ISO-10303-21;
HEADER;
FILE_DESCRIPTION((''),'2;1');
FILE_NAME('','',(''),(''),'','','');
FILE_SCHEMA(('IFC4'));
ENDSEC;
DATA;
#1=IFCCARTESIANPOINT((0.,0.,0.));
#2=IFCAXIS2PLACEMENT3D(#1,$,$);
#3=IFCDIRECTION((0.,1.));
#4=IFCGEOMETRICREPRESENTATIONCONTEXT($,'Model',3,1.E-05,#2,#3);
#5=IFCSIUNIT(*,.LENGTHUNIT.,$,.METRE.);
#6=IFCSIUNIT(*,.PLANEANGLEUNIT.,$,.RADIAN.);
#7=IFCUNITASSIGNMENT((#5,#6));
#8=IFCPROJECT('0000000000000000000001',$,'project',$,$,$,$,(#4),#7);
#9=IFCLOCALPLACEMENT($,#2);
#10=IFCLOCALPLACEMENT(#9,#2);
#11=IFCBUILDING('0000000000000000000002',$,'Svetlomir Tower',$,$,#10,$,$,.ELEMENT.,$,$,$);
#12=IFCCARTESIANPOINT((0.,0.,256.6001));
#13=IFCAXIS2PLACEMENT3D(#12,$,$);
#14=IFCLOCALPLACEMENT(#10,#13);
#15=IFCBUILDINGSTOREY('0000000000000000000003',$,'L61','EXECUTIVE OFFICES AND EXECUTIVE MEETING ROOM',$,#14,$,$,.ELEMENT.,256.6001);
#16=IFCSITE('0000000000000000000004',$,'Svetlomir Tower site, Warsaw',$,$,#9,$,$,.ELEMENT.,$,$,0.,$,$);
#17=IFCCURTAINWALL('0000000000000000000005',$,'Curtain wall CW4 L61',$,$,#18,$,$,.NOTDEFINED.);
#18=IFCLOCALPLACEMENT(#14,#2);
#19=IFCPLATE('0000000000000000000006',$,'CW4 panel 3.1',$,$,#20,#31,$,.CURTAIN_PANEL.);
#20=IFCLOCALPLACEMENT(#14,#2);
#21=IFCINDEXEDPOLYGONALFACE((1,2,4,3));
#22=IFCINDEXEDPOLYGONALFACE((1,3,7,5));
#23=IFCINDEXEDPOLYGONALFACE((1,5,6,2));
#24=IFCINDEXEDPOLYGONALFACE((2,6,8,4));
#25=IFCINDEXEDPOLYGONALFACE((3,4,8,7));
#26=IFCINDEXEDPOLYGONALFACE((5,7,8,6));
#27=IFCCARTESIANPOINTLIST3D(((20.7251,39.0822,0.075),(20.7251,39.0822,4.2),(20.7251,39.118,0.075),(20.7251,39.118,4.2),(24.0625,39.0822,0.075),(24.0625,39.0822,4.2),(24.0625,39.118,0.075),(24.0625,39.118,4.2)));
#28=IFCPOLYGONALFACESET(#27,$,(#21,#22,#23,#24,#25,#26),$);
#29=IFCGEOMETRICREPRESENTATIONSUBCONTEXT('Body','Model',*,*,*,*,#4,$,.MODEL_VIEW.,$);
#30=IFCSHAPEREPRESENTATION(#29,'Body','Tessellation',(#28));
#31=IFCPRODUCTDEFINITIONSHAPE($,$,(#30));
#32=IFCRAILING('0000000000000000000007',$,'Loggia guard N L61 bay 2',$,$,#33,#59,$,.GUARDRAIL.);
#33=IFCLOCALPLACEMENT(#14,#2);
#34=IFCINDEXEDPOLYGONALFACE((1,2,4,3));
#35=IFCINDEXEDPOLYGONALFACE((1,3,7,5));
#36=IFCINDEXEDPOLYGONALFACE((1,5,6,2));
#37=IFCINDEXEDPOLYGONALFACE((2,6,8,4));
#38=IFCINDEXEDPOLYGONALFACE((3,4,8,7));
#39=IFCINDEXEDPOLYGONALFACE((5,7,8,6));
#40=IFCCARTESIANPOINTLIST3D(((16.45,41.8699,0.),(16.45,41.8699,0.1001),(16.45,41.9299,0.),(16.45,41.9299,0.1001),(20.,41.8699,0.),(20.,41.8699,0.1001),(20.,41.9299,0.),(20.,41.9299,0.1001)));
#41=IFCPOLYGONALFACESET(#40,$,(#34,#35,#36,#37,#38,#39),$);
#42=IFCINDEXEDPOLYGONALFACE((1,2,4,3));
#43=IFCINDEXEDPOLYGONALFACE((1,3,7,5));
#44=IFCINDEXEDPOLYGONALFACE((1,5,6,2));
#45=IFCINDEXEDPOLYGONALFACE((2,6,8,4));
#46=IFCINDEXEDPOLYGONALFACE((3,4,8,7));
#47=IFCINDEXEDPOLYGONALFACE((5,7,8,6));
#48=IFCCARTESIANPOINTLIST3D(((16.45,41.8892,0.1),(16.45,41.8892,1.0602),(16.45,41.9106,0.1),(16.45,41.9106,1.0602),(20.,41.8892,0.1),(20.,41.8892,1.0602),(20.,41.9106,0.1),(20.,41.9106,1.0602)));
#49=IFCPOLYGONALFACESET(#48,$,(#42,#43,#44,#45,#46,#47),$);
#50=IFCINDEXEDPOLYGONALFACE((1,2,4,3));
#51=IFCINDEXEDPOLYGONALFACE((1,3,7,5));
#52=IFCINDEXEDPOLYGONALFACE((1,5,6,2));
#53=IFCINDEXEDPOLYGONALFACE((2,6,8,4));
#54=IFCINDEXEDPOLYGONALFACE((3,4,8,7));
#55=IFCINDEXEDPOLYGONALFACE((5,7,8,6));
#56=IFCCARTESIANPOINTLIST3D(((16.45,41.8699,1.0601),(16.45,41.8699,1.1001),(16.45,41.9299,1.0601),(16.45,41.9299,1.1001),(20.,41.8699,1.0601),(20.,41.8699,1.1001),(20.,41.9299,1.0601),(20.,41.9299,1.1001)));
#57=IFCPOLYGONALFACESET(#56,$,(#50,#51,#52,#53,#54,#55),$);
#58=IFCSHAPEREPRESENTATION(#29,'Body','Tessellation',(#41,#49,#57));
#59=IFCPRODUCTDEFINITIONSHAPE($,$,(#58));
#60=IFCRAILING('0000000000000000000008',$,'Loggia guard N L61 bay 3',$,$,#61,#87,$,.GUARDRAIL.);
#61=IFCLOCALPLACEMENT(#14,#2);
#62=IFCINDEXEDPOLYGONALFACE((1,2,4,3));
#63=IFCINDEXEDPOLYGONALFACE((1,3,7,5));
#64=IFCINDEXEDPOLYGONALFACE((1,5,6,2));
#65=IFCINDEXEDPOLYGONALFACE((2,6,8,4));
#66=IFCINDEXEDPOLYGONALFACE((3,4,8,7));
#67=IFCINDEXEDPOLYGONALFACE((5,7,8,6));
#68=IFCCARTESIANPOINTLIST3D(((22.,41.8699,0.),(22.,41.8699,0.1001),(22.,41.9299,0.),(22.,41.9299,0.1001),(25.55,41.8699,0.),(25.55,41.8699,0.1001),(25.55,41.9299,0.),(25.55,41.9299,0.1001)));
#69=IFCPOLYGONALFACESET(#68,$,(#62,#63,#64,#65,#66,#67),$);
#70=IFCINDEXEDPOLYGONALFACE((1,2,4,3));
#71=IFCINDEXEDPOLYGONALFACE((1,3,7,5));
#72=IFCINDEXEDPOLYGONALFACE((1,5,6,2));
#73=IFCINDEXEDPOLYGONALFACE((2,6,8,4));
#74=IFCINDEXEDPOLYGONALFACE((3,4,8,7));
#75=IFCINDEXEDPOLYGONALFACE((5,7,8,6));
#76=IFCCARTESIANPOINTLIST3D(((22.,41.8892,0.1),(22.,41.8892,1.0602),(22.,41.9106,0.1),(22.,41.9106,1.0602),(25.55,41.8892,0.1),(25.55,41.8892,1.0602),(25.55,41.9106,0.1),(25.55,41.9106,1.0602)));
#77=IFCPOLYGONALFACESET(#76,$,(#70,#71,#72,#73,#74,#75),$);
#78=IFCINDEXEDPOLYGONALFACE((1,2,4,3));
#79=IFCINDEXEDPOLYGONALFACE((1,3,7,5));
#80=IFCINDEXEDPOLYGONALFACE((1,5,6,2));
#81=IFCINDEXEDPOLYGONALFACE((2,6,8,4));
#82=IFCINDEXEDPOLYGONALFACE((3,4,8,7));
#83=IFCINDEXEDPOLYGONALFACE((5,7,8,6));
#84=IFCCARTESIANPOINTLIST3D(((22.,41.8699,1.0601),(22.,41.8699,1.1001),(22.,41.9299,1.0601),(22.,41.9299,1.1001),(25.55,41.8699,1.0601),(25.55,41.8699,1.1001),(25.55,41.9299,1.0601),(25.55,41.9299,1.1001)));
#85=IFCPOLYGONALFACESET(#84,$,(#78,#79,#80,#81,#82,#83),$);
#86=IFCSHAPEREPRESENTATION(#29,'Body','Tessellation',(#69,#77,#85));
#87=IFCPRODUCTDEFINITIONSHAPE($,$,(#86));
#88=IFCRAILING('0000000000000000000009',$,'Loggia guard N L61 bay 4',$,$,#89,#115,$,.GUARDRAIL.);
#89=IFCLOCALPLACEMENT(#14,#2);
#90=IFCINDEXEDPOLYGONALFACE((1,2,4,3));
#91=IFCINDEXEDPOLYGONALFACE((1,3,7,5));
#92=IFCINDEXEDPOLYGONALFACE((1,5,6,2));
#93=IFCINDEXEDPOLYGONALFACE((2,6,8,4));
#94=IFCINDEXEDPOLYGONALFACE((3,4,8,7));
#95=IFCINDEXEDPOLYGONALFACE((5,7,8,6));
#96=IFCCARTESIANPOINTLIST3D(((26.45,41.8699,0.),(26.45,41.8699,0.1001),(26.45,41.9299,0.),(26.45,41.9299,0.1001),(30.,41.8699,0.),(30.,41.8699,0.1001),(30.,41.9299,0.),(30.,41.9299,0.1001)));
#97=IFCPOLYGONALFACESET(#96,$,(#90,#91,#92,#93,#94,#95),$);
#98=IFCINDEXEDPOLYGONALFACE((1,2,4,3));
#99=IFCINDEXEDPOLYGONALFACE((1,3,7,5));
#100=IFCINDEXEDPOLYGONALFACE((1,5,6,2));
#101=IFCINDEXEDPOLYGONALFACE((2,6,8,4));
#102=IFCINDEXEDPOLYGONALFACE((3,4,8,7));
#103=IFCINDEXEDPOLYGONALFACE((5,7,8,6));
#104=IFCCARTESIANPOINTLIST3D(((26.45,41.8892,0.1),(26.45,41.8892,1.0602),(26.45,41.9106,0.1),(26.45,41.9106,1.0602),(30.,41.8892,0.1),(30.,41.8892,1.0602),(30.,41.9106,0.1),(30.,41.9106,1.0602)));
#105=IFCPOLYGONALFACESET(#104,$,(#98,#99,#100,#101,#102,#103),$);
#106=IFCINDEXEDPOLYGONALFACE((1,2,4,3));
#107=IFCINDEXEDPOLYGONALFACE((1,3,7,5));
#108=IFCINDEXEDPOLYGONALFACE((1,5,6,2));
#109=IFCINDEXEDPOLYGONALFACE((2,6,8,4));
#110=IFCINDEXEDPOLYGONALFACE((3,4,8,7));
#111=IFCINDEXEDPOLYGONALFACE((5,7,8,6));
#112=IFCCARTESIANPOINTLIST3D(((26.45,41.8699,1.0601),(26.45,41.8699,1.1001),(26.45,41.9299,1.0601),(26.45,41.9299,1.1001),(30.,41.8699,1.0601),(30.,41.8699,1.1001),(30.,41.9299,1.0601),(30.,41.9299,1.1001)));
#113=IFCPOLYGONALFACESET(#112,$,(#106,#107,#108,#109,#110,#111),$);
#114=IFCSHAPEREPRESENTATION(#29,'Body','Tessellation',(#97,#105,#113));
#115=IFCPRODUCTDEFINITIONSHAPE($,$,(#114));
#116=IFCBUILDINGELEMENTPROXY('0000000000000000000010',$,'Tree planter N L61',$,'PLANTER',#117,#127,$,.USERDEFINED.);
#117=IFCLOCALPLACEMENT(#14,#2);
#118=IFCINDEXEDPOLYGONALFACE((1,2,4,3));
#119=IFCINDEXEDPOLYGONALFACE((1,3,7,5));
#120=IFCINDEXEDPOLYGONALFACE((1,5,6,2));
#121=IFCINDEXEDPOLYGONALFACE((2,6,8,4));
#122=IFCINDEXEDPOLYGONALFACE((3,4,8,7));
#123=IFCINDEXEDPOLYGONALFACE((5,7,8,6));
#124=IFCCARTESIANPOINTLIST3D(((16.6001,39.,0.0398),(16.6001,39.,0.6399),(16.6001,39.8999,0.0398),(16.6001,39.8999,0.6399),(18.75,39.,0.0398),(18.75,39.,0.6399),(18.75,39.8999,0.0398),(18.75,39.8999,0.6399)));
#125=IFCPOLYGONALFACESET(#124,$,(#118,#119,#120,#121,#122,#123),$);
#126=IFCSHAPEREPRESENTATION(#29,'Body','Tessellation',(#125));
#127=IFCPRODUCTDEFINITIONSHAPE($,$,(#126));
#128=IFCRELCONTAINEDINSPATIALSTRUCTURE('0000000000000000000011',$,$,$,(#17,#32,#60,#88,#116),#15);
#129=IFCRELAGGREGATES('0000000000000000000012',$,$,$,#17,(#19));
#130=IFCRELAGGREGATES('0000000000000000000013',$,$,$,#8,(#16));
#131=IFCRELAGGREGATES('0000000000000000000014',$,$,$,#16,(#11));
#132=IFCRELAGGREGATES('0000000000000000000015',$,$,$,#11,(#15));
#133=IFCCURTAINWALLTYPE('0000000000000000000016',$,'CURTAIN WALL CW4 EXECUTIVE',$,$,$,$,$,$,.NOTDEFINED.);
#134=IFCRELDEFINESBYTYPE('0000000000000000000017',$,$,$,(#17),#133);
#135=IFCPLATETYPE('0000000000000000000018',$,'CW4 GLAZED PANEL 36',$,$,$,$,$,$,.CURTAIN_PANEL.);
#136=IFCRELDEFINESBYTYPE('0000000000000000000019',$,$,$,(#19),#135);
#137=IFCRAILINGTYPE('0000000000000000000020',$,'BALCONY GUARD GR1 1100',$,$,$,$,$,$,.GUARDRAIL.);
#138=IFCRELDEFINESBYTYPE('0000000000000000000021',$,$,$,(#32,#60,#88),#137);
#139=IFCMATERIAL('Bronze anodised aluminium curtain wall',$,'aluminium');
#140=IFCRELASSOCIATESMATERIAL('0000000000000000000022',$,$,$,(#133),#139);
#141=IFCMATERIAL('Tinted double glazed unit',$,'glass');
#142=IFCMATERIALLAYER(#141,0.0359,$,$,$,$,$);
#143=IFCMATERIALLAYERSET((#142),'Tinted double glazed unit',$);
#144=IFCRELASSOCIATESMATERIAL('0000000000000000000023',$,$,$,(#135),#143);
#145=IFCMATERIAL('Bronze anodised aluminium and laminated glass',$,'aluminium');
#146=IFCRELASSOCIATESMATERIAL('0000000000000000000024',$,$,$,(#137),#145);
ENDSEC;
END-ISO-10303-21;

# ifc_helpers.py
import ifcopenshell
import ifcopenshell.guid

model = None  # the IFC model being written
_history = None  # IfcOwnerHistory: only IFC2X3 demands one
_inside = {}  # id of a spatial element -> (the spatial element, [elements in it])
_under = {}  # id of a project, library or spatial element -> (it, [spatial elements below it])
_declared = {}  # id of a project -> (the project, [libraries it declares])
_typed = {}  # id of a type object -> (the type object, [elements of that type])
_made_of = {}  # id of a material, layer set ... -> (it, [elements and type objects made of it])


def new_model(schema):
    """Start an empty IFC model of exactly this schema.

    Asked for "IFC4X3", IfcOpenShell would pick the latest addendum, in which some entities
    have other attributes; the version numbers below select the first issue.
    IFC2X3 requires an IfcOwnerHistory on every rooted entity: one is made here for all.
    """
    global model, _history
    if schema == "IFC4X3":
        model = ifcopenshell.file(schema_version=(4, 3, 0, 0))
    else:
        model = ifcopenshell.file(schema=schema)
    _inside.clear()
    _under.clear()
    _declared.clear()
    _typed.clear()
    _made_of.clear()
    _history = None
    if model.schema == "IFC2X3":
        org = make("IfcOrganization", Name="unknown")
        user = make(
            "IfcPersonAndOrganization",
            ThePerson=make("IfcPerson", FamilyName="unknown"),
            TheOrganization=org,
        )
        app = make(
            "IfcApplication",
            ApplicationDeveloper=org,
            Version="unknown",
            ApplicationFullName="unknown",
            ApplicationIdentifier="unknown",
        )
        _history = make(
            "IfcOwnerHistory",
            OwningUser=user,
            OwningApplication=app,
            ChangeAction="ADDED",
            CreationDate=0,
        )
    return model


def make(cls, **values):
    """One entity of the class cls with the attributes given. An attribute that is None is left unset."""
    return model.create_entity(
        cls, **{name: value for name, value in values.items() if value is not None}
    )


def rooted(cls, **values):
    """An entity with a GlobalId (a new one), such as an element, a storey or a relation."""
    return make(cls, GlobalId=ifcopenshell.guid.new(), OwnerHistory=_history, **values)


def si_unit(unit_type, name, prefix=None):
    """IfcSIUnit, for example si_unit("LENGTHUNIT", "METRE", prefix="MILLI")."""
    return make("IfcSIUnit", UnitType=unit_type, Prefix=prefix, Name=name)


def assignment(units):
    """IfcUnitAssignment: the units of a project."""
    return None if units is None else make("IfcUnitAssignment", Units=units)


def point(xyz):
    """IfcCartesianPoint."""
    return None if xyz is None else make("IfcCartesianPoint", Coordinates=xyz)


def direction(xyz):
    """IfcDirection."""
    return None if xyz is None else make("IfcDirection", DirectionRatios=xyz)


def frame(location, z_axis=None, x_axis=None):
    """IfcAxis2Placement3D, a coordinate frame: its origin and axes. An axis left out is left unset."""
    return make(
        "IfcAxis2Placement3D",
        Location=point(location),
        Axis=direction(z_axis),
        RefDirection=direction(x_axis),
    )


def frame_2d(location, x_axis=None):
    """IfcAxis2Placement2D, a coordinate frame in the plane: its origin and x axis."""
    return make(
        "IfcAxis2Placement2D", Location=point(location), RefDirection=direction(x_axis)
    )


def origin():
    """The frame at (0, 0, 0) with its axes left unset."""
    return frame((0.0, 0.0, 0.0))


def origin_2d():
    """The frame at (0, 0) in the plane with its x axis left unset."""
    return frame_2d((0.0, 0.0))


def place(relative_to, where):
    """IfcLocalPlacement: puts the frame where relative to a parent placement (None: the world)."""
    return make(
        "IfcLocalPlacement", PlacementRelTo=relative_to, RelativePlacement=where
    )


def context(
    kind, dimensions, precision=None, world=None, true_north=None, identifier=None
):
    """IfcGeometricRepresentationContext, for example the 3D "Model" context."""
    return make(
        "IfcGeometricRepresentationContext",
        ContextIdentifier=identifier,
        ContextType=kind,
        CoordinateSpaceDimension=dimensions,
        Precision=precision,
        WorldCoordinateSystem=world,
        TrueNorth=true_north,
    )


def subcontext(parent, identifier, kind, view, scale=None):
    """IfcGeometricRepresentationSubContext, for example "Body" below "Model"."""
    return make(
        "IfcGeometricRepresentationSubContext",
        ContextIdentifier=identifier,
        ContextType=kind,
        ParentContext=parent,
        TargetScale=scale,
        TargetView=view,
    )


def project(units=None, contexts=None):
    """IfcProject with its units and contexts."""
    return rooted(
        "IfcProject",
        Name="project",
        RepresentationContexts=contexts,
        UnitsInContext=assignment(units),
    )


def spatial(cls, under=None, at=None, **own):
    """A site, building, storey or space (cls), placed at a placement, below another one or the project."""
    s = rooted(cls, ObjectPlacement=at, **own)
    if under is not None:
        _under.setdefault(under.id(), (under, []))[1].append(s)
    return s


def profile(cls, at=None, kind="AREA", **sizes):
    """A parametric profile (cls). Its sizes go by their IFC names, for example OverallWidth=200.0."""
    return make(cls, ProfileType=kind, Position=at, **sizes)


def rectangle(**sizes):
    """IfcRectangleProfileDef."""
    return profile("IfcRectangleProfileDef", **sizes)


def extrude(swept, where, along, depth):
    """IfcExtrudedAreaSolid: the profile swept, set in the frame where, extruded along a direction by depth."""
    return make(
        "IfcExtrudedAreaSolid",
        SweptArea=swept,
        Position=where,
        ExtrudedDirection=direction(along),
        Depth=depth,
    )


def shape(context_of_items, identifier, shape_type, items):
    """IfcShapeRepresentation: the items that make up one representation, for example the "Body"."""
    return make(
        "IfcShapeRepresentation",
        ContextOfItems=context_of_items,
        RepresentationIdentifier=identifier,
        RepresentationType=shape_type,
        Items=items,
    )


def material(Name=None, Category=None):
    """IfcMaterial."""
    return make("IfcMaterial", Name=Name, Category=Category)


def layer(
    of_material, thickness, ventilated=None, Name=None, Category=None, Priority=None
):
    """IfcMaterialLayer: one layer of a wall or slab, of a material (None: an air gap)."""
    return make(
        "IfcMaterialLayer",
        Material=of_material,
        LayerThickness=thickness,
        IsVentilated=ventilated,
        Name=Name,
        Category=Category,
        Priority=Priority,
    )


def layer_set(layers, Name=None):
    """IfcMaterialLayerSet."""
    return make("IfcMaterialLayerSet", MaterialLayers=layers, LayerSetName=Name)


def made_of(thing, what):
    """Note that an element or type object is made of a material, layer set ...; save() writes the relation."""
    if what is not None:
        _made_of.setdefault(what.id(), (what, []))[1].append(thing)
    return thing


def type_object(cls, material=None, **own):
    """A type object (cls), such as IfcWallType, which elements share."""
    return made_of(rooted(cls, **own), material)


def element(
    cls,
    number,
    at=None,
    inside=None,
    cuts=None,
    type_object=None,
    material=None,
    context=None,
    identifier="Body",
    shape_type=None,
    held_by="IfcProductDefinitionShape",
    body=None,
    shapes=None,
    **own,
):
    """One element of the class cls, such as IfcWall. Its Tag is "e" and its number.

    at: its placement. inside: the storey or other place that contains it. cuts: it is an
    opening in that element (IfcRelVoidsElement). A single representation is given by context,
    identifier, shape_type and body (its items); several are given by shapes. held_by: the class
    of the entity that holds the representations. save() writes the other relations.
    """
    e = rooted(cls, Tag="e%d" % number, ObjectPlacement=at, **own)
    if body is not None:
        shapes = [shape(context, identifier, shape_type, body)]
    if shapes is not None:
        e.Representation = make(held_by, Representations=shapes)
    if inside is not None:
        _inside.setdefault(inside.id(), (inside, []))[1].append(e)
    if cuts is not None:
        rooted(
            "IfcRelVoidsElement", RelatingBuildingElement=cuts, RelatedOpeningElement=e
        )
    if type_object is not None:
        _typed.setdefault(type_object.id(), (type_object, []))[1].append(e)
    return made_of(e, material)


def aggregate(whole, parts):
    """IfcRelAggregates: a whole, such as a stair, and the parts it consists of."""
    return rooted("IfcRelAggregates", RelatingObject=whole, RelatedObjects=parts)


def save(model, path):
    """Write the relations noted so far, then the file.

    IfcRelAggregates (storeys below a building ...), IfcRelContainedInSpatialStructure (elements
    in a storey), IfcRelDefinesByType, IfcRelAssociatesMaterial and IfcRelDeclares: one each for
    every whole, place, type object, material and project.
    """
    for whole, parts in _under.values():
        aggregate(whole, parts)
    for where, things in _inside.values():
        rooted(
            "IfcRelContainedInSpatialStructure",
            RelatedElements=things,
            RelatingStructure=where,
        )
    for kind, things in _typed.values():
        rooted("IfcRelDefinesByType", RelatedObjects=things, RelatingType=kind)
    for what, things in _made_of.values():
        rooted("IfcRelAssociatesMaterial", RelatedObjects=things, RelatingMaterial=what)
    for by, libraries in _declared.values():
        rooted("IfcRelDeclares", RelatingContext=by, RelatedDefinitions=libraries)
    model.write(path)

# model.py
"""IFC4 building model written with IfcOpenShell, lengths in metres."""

from ifc_helpers import new_model, si_unit, direction, frame, origin, origin_2d, place, context, subcontext, project, spatial, rectangle, extrude, material, layer, layer_set, type_object, element, aggregate, save


model = new_model("IFC4")

# Units and contexts
model_context = context("Model", 3, precision=1e-05, world=origin(), true_north=direction((0.0, 1.0)))
body_context = subcontext(model_context, "Body", "Model", "MODEL_VIEW")
ifc_project = project(units=[si_unit("LENGTHUNIT", "METRE"), si_unit("PLANEANGLEUNIT", "RADIAN")], contexts=[model_context])

# Site, building, storey
site_placement = place(None, origin())
site = spatial("IfcSite", under=ifc_project, at=site_placement, Name="Svetlomir Tower site, Warsaw", CompositionType="ELEMENT", RefElevation=0.0)
building_placement = place(site_placement, origin())
building = spatial("IfcBuilding", under=site, at=building_placement, Name="Svetlomir Tower", CompositionType="ELEMENT")
storey_placement = place(building_placement, frame((0.0, 0.0, 256.6001)))
storey = spatial("IfcBuildingStorey", under=building, at=storey_placement, Name="L61", Description="EXECUTIVE OFFICES AND EXECUTIVE MEETING ROOM", CompositionType="ELEMENT", Elevation=256.6001)

# Curtain wall
ifc_material_1 = material(Name="Bronze anodised aluminium curtain wall", Category="aluminium")
curtain_wall_type = type_object("IfcCurtainWallType", Name="CURTAIN WALL CW4 EXECUTIVE", PredefinedType="NOTDEFINED", material=ifc_material_1)
curtain_wall_1_placement = place(storey_placement, origin())
curtain_wall_1 = element("IfcCurtainWall", 1, at=curtain_wall_1_placement, inside=storey, type_object=curtain_wall_type, Name="Curtain wall CW4 L61", PredefinedType="NOTDEFINED")

# Plate
ifc_material_2 = material(Name="Tinted double glazed unit", Category="glass")
ifc_layer_1 = layer(ifc_material_2, 0.0359)
ifc_layer_set_1 = layer_set([ifc_layer_1], Name="Tinted double glazed unit")
plate_type = type_object("IfcPlateType", Name="CW4 GLAZED PANEL 36", PredefinedType="CURTAIN_PANEL", material=ifc_layer_set_1)
plate_1_placement = place(storey_placement, frame((22.3938, 39.1001, 0.075), z_axis=(0.0, 0.0, 1.0), x_axis=(-1.0, 0.0, 0.0)))
plate_1 = element("IfcPlate", 2, at=plate_1_placement, type_object=plate_type, Name="CW4 panel 3.1", PredefinedType="CURTAIN_PANEL", context=body_context, shape_type="SweptSolid", body=[
    extrude(rectangle(XDim=3.3374, YDim=0.0359, at=origin_2d()), origin(), (0.0, 0.0, 1.0), 4.125),
])
aggregate(curtain_wall_1, [plate_1])

# Railings
ifc_material_3 = material(Name="Bronze anodised aluminium and laminated glass", Category="aluminium")
railing_type = type_object("IfcRailingType", Name="BALCONY GUARD GR1 1100", PredefinedType="GUARDRAIL", material=ifc_material_3)
for number, where, name in (
    (3, (16.45, 41.8999, 0.0), "Loggia guard N L61 bay 2"),
    (4, (22.0, 41.8999, 0.0), "Loggia guard N L61 bay 3"),
    (5, (26.45, 41.8999, 0.0), "Loggia guard N L61 bay 4"),
):
    element("IfcRailing", number, at=place(storey_placement, frame(where)), inside=storey, type_object=railing_type, Name=name, PredefinedType="GUARDRAIL", context=body_context, shape_type="SweptSolid", body=[
        extrude(rectangle(XDim=0.0601, YDim=0.1001, at=origin_2d()), frame((0.0, 0.0, 0.05), z_axis=(1.0, 0.0, 0.0), x_axis=(0.0, 1.0, 0.0)), (0.0, 0.0, 1.0), 3.55),
        extrude(rectangle(XDim=0.0215, YDim=0.9602, at=origin_2d()), frame((0.0, 0.0, 0.5801), z_axis=(1.0, 0.0, 0.0), x_axis=(0.0, 1.0, 0.0)), (0.0, 0.0, 1.0), 3.55),
        extrude(rectangle(XDim=0.0601, YDim=0.04, at=origin_2d()), frame((0.0, 0.0, 1.0801), z_axis=(1.0, 0.0, 0.0), x_axis=(0.0, 1.0, 0.0)), (0.0, 0.0, 1.0), 3.55),
    ])

# Building element proxy
proxy_placement = place(storey_placement, frame((17.675, 39.45, 0.0398), z_axis=(0.0, 0.0, 1.0), x_axis=(1.0, 0.0, 0.0)))
element("IfcBuildingElementProxy", 6, at=proxy_placement, inside=storey, Name="Tree planter N L61", ObjectType="PLANTER", PredefinedType="USERDEFINED", context=body_context, shape_type="SweptSolid", body=[
    extrude(rectangle(XDim=2.1499, YDim=0.8999, at=origin_2d()), origin(), (0.0, 0.0, 1.0), 0.6001),
])

save(model, "model.ifc")
